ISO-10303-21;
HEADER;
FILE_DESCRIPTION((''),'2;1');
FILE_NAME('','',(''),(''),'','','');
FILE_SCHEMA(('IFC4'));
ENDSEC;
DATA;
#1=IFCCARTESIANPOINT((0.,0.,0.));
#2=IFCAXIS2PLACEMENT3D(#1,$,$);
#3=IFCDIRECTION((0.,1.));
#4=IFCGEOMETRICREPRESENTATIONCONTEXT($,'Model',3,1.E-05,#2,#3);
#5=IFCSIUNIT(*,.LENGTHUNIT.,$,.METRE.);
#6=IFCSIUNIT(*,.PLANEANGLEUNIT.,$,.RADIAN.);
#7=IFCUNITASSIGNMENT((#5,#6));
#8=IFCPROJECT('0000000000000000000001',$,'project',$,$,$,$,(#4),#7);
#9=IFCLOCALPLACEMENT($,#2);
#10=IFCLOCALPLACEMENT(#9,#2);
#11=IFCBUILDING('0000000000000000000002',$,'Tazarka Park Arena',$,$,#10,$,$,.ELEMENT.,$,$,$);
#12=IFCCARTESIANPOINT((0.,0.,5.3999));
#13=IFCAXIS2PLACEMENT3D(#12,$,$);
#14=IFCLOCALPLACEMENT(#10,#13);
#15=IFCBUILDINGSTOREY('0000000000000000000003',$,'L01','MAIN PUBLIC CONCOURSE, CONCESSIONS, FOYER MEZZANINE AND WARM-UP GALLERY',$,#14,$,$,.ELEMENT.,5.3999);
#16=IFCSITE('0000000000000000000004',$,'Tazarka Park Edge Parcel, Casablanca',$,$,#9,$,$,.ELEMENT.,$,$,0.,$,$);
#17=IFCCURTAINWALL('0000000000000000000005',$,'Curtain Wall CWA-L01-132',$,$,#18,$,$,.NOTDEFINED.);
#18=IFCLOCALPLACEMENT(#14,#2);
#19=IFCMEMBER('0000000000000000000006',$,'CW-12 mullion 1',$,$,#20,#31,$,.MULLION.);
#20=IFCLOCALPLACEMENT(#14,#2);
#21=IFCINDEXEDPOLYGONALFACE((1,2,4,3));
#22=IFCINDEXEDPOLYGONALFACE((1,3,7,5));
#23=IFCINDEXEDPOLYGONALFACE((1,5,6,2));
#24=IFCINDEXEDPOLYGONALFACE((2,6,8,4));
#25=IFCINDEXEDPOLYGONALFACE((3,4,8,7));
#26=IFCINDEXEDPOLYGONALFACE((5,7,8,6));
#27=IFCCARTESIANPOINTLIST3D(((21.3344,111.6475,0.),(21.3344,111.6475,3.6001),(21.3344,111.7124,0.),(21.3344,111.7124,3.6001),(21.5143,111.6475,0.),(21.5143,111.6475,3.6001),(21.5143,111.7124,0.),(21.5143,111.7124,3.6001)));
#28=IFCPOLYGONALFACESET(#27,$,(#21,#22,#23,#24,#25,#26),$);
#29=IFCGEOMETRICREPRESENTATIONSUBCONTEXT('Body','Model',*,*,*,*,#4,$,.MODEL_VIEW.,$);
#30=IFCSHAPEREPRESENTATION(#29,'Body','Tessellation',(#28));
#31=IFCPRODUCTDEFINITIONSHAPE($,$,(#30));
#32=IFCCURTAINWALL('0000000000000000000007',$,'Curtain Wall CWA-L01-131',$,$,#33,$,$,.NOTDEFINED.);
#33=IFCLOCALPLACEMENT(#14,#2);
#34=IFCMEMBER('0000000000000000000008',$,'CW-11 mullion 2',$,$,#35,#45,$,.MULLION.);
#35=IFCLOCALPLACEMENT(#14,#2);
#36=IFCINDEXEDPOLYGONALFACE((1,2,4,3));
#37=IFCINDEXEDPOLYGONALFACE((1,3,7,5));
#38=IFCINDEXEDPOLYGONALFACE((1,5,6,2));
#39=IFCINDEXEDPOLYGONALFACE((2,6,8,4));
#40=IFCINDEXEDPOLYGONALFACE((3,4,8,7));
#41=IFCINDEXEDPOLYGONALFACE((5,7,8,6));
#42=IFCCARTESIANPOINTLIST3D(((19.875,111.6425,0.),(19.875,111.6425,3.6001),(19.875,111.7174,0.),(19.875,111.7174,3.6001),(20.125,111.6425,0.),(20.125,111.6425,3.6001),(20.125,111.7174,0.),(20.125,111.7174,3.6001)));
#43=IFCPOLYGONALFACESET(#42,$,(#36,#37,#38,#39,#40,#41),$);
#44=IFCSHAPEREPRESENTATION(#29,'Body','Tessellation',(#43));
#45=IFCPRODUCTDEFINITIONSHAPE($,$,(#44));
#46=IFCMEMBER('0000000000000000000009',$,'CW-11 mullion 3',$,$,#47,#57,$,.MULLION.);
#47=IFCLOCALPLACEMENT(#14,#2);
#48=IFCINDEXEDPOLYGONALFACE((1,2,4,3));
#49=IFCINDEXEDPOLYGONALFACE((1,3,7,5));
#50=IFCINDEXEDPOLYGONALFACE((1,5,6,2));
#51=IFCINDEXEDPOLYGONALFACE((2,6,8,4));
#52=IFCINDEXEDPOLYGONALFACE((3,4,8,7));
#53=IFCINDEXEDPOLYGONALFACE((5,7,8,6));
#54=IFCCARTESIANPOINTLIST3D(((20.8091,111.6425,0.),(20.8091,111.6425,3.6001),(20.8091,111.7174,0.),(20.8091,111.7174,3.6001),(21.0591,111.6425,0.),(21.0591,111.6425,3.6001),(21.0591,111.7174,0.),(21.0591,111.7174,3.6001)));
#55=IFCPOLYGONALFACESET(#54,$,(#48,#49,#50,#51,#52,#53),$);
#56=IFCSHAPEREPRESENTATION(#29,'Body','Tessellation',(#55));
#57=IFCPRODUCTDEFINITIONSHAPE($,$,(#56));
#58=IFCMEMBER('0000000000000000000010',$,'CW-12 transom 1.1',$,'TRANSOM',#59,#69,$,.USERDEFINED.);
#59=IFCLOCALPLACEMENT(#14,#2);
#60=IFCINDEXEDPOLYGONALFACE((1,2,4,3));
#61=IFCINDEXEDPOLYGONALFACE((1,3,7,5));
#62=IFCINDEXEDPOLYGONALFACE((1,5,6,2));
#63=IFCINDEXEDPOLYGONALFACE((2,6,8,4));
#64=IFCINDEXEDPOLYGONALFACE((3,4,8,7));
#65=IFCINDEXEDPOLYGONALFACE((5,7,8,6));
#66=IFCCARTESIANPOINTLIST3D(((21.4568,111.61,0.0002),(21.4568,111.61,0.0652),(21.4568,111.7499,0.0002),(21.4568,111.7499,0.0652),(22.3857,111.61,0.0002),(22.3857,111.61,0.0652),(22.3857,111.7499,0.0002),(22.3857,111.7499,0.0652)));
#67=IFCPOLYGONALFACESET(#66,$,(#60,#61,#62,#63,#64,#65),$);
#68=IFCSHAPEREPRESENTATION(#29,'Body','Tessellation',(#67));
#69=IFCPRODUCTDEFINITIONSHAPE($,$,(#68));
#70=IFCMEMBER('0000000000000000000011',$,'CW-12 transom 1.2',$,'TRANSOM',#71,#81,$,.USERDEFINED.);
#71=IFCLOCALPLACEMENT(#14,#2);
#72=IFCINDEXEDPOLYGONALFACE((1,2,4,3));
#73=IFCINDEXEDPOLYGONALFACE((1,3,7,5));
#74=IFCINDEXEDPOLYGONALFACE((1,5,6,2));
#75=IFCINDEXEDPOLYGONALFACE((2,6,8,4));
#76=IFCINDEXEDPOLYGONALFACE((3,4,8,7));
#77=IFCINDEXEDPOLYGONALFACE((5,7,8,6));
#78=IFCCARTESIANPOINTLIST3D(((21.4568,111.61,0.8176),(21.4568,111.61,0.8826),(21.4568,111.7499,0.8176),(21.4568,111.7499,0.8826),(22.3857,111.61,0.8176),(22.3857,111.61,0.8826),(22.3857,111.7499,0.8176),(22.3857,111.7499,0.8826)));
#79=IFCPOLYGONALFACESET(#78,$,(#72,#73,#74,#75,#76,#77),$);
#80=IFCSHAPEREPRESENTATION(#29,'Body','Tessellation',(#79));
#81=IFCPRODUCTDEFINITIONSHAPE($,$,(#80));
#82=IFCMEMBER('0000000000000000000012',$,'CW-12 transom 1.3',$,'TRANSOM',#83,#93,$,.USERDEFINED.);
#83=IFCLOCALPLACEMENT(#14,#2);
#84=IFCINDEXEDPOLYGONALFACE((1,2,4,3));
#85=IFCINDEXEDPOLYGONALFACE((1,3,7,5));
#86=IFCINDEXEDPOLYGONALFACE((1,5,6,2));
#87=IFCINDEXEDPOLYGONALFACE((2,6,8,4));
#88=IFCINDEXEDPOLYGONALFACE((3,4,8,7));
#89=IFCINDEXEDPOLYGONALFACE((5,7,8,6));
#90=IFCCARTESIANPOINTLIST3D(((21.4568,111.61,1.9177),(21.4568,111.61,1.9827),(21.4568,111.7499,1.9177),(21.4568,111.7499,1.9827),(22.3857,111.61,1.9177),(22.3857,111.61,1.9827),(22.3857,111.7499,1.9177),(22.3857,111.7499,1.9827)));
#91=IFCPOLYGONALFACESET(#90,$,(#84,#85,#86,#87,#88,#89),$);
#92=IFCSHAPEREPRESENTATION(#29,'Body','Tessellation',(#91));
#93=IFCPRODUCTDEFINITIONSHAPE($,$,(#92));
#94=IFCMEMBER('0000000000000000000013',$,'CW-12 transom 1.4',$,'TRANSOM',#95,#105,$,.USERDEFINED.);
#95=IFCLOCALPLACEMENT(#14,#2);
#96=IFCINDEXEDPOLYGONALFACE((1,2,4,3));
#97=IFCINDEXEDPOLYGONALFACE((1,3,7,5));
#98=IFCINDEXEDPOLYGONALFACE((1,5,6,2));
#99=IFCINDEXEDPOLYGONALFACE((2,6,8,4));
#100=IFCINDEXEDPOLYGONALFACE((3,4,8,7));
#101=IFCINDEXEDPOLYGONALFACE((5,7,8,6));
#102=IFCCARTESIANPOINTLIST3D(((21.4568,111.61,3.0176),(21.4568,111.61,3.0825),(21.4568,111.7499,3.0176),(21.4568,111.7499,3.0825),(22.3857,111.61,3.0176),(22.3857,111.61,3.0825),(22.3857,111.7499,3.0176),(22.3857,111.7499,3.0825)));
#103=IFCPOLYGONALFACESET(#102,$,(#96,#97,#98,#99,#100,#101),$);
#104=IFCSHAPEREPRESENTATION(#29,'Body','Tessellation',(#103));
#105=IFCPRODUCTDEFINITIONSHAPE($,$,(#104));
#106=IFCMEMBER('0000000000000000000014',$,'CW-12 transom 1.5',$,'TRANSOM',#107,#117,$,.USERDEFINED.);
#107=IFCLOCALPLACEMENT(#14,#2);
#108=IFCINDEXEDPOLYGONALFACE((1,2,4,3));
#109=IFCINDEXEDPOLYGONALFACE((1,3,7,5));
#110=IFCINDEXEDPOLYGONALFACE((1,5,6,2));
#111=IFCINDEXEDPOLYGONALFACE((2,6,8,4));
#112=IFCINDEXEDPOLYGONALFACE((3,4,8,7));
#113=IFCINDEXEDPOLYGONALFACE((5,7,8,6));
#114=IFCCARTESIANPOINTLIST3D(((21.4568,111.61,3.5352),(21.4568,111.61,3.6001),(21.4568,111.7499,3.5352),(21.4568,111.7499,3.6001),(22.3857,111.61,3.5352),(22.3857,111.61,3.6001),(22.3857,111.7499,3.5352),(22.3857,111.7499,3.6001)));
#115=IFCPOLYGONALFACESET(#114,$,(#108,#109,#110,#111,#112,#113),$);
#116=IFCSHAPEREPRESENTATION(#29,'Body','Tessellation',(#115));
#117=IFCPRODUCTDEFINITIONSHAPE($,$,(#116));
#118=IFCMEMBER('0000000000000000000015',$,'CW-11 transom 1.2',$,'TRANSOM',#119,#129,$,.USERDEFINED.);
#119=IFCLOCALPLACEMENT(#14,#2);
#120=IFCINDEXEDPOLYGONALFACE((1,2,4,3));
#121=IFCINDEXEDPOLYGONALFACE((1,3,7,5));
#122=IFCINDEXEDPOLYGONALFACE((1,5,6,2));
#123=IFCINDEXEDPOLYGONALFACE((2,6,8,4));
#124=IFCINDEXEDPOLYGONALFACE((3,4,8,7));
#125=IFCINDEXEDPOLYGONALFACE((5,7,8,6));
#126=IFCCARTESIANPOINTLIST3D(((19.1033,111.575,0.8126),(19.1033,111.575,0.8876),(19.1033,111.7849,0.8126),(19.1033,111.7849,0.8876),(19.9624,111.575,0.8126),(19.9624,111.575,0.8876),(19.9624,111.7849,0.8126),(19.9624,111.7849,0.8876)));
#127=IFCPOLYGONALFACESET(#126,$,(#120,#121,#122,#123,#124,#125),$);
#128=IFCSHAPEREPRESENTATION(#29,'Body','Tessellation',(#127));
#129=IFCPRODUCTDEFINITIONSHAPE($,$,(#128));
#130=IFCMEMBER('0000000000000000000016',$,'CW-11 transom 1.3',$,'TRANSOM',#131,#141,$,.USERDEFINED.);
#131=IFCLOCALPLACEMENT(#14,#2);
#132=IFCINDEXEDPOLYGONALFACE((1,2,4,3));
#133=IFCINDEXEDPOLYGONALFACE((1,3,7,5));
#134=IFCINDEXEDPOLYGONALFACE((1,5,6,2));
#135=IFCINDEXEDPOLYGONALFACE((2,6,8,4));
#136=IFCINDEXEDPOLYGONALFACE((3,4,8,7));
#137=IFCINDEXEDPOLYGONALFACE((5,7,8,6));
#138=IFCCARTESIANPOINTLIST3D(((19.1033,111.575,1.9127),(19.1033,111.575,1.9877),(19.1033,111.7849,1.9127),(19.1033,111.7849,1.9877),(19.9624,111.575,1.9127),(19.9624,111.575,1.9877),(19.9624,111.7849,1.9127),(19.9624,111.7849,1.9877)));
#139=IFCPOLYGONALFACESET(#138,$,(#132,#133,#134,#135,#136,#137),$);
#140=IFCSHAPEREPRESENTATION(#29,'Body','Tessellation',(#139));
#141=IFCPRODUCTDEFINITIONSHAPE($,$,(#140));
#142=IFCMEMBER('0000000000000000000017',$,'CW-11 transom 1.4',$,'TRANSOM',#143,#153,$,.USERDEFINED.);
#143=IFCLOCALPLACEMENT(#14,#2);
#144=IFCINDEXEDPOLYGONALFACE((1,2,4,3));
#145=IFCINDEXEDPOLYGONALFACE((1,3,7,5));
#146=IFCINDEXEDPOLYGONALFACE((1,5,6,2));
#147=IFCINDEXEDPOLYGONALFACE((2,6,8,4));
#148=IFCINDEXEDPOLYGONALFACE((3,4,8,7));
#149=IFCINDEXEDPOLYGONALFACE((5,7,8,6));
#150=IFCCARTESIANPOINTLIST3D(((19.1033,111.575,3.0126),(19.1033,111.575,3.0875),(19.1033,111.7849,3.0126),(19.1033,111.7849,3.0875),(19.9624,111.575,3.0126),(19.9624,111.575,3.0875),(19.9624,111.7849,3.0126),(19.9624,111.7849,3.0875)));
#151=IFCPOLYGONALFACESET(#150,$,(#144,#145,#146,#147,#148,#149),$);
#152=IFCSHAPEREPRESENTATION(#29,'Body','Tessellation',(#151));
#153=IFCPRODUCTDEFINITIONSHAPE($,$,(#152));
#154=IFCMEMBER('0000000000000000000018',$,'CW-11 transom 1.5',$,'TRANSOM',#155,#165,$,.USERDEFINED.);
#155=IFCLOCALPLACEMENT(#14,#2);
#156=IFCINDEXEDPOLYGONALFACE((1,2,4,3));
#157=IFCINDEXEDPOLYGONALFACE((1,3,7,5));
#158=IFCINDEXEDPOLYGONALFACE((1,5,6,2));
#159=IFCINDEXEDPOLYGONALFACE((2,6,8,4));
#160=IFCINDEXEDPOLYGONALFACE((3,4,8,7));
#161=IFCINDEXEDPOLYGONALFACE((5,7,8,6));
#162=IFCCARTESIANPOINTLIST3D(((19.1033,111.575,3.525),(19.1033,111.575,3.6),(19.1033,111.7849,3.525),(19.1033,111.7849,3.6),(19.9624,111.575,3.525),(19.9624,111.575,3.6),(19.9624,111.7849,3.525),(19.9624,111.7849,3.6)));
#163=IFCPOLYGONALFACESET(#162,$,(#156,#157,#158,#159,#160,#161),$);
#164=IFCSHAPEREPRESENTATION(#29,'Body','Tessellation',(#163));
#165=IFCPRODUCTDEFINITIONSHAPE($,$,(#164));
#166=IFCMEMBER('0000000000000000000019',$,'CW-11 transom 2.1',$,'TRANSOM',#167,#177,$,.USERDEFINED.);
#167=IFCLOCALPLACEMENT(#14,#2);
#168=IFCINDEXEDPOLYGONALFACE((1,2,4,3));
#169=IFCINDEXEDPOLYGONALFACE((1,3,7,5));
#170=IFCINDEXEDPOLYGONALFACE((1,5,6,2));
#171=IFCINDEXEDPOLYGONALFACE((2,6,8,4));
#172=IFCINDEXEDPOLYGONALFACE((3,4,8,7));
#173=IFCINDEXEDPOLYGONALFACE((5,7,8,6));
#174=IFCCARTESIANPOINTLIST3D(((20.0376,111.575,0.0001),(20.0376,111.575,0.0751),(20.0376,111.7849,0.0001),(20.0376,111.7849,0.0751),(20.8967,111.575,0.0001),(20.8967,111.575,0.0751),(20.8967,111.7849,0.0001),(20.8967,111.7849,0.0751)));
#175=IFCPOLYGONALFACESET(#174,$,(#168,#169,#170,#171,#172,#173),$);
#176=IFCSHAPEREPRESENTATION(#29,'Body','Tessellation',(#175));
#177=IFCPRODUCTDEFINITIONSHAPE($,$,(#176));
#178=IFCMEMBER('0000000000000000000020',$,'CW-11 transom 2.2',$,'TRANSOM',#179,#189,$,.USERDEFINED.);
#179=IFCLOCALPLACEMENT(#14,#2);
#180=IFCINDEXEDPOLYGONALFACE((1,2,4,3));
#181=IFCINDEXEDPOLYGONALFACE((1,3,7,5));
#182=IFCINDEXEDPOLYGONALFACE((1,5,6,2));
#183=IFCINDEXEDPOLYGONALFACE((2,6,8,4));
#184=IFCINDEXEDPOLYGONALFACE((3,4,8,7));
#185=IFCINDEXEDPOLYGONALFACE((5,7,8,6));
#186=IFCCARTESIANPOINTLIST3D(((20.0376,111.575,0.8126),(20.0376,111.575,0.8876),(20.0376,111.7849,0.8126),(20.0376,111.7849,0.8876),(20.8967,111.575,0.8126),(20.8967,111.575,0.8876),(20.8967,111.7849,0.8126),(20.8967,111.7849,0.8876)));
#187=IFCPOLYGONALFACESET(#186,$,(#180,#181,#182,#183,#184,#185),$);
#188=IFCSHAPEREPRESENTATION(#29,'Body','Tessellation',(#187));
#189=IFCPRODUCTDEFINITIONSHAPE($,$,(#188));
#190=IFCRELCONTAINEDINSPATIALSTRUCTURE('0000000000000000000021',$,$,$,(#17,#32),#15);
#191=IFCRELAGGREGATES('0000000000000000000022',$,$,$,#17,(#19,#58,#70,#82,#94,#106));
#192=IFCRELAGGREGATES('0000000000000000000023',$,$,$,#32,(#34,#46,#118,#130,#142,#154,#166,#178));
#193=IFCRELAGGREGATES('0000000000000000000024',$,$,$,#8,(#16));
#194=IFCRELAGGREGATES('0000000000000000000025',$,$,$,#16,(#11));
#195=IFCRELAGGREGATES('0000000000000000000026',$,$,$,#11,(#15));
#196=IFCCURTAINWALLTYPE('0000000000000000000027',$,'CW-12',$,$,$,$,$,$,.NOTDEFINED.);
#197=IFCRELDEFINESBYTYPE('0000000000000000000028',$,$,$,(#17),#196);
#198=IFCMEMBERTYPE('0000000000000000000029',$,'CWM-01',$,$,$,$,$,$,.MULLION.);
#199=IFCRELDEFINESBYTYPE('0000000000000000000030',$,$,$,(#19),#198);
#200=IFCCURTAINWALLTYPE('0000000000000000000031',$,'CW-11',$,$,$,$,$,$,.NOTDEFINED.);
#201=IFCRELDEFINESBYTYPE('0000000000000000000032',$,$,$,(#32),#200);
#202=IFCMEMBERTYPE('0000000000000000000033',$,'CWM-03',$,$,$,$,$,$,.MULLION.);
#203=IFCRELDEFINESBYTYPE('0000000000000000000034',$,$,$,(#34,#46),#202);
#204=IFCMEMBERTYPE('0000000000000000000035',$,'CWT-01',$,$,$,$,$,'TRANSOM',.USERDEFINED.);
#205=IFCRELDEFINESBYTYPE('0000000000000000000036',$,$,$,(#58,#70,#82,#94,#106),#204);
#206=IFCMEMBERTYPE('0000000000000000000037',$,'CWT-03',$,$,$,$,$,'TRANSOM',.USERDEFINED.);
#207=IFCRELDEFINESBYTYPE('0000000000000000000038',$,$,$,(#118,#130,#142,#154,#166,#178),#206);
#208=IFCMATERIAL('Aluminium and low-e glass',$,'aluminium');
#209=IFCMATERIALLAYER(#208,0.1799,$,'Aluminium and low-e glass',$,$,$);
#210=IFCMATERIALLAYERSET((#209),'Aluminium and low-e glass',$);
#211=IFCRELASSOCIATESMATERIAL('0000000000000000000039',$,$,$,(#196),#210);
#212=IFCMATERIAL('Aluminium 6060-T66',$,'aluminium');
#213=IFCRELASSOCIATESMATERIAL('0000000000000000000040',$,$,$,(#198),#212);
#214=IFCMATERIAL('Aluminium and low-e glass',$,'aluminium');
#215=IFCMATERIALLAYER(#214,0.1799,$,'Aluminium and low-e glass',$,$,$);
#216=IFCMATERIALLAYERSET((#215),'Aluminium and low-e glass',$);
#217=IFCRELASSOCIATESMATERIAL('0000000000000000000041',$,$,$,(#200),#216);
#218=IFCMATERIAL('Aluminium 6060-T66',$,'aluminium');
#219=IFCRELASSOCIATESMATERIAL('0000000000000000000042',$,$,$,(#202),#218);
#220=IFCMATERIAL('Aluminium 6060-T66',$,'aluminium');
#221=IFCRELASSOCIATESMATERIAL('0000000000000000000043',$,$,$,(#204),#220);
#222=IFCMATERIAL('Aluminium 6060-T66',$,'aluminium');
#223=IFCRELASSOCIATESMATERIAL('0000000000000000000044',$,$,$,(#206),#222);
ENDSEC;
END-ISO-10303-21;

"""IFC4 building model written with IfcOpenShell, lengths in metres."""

from ifc_helpers import new_model, si_unit, direction, frame, origin, origin_2d, place, context, subcontext, project, spatial, rectangle, extrude, material, layer, layer_set, material_profile, profile_set, type_object, element, aggregate, save


model = new_model("IFC4")

# Units and contexts
model_context = context("Model", 3, precision=1e-05, world=origin(), true_north=direction((0.0, 1.0)))
body_context = subcontext(model_context, "Body", "Model", "MODEL_VIEW")
ifc_project = project(units=[si_unit("LENGTHUNIT", "METRE"), si_unit("PLANEANGLEUNIT", "RADIAN")], contexts=[model_context])

# Site, building, storey
site_placement = place(None, origin())
site = spatial("IfcSite", under=ifc_project, at=site_placement, Name="Tazarka Park Edge Parcel, Casablanca", CompositionType="ELEMENT", RefElevation=0.0)
building_placement = place(site_placement, origin())
building = spatial("IfcBuilding", under=site, at=building_placement, Name="Tazarka Park Arena", CompositionType="ELEMENT")
storey_placement = place(building_placement, frame((0.0, 0.0, 5.3999)))
storey = spatial("IfcBuildingStorey", under=building, at=storey_placement, Name="L01", Description="MAIN PUBLIC CONCOURSE, CONCESSIONS, FOYER MEZZANINE AND WARM-UP GALLERY", CompositionType="ELEMENT", Elevation=5.3999)

# Curtain wall, member
ifc_material_1 = material(Name="Aluminium and low-e glass", Category="aluminium")
ifc_layer_1 = layer(ifc_material_1, 0.1799, Name="Aluminium and low-e glass")
ifc_layer_set_1 = layer_set([ifc_layer_1], Name="Aluminium and low-e glass")
curtain_wall_type_1 = type_object("IfcCurtainWallType", Name="CW-12", PredefinedType="NOTDEFINED", material=ifc_layer_set_1)
curtain_wall_1_placement = place(storey_placement, origin())
curtain_wall_1 = element("IfcCurtainWall", 1, at=curtain_wall_1_placement, inside=storey, type_object=curtain_wall_type_1, Name="Curtain Wall CWA-L01-132", PredefinedType="NOTDEFINED")
ifc_material_2 = material(Name="Aluminium 6060-T66", Category="aluminium")
ifc_material_profile_1 = material_profile(ifc_material_2, rectangle(XDim=0.0649, YDim=0.1799, at=origin_2d()), Name="Aluminium 6060-T66")
ifc_profile_set_1 = profile_set([ifc_material_profile_1], Name="Aluminium 6060-T66")
member_type_1 = type_object("IfcMemberType", Name="CWM-01", PredefinedType="MULLION", material=ifc_profile_set_1)
member_1_placement = place(storey_placement, frame((21.4243, 111.6799, 0.0), z_axis=(0.0, 0.0, 1.0), x_axis=(0.0, 1.0, 0.0)))
member_1 = element("IfcMember", 2, at=member_1_placement, type_object=member_type_1, Name="CW-12 mullion 1", PredefinedType="MULLION", context=body_context, shape_type="SweptSolid", body=[
    extrude(rectangle(XDim=0.0649, YDim=0.1799, at=origin_2d()), origin(), (0.0, 0.0, 1.0), 3.6001),
])

# Curtain wall, members
ifc_material_3 = material(Name="Aluminium and low-e glass", Category="aluminium")
ifc_layer_2 = layer(ifc_material_3, 0.1799, Name="Aluminium and low-e glass")
ifc_layer_set_2 = layer_set([ifc_layer_2], Name="Aluminium and low-e glass")
curtain_wall_type_2 = type_object("IfcCurtainWallType", Name="CW-11", PredefinedType="NOTDEFINED", material=ifc_layer_set_2)
curtain_wall_2_placement = place(storey_placement, origin())
curtain_wall_2 = element("IfcCurtainWall", 3, at=curtain_wall_2_placement, inside=storey, type_object=curtain_wall_type_2, Name="Curtain Wall CWA-L01-131", PredefinedType="NOTDEFINED")
ifc_material_4 = material(Name="Aluminium 6060-T66", Category="aluminium")
ifc_material_profile_2 = material_profile(ifc_material_4, rectangle(XDim=0.075, YDim=0.25, at=origin_2d()), Name="Aluminium 6060-T66")
ifc_profile_set_2 = profile_set([ifc_material_profile_2], Name="Aluminium 6060-T66")
member_type_2 = type_object("IfcMemberType", Name="CWM-03", PredefinedType="MULLION", material=ifc_profile_set_2)
member_2_placement = place(storey_placement, frame((20.0, 111.6799, 0.0), z_axis=(0.0, 0.0, 1.0), x_axis=(0.0, 1.0, 0.0)))
member_2 = element("IfcMember", 4, at=member_2_placement, type_object=member_type_2, Name="CW-11 mullion 2", PredefinedType="MULLION", context=body_context, shape_type="SweptSolid", body=[
    extrude(rectangle(XDim=0.075, YDim=0.25, at=origin_2d()), origin(), (0.0, 0.0, 1.0), 3.6001),
])
member_3_placement = place(storey_placement, frame((20.9341, 111.6799, 0.0), z_axis=(0.0, 0.0, 1.0), x_axis=(0.0, 1.0, 0.0)))
member_3 = element("IfcMember", 5, at=member_3_placement, type_object=member_type_2, Name="CW-11 mullion 3", PredefinedType="MULLION", context=body_context, shape_type="SweptSolid", body=[
    extrude(rectangle(XDim=0.075, YDim=0.25, at=origin_2d()), origin(), (0.0, 0.0, 1.0), 3.6001),
])

# Members
ifc_material_5 = material(Name="Aluminium 6060-T66", Category="aluminium")
ifc_material_profile_3 = material_profile(ifc_material_5, rectangle(XDim=0.1399, YDim=0.0649, at=origin_2d()), Name="Aluminium 6060-T66")
ifc_profile_set_3 = profile_set([ifc_material_profile_3], Name="Aluminium 6060-T66")
member_type_3 = type_object("IfcMemberType", Name="CWT-01", ElementType="TRANSOM", PredefinedType="USERDEFINED", material=ifc_profile_set_3)
member_4_placement = place(storey_placement, frame((21.4568, 111.6799, 0.0327), z_axis=(1.0, 0.0, 0.0), x_axis=(0.0, 1.0, 0.0)))
member_4 = element("IfcMember", 6, at=member_4_placement, type_object=member_type_3, Name="CW-12 transom 1.1", ObjectType="TRANSOM", PredefinedType="USERDEFINED", context=body_context, shape_type="SweptSolid", body=[
    extrude(rectangle(XDim=0.1399, YDim=0.0649, at=origin_2d()), origin(), (0.0, 0.0, 1.0), 0.929),
])
member_5_placement = place(storey_placement, frame((21.4568, 111.6799, 0.8501), z_axis=(1.0, 0.0, 0.0), x_axis=(0.0, 1.0, 0.0)))
member_5 = element("IfcMember", 7, at=member_5_placement, type_object=member_type_3, Name="CW-12 transom 1.2", ObjectType="TRANSOM", PredefinedType="USERDEFINED", context=body_context, shape_type="SweptSolid", body=[
    extrude(rectangle(XDim=0.1399, YDim=0.0649, at=origin_2d()), origin(), (0.0, 0.0, 1.0), 0.929),
])
member_6_placement = place(storey_placement, frame((21.4568, 111.6799, 1.9502), z_axis=(1.0, 0.0, 0.0), x_axis=(0.0, 1.0, 0.0)))
member_6 = element("IfcMember", 8, at=member_6_placement, type_object=member_type_3, Name="CW-12 transom 1.3", ObjectType="TRANSOM", PredefinedType="USERDEFINED", context=body_context, shape_type="SweptSolid", body=[
    extrude(rectangle(XDim=0.1399, YDim=0.0649, at=origin_2d()), origin(), (0.0, 0.0, 1.0), 0.929),
])
member_7_placement = place(storey_placement, frame((21.4568, 111.6799, 3.05), z_axis=(1.0, 0.0, 0.0), x_axis=(0.0, 1.0, 0.0)))
member_7 = element("IfcMember", 9, at=member_7_placement, type_object=member_type_3, Name="CW-12 transom 1.4", ObjectType="TRANSOM", PredefinedType="USERDEFINED", context=body_context, shape_type="SweptSolid", body=[
    extrude(rectangle(XDim=0.1399, YDim=0.0649, at=origin_2d()), origin(), (0.0, 0.0, 1.0), 0.929),
])
member_8_placement = place(storey_placement, frame((21.4568, 111.6799, 3.5676), z_axis=(1.0, 0.0, 0.0), x_axis=(0.0, 1.0, 0.0)))
member_8 = element("IfcMember", 10, at=member_8_placement, type_object=member_type_3, Name="CW-12 transom 1.5", ObjectType="TRANSOM", PredefinedType="USERDEFINED", context=body_context, shape_type="SweptSolid", body=[
    extrude(rectangle(XDim=0.1399, YDim=0.0649, at=origin_2d()), origin(), (0.0, 0.0, 1.0), 0.929),
])
ifc_material_6 = material(Name="Aluminium 6060-T66", Category="aluminium")
ifc_material_profile_4 = material_profile(ifc_material_6, rectangle(XDim=0.21, YDim=0.075, at=origin_2d()), Name="Aluminium 6060-T66")
ifc_profile_set_4 = profile_set([ifc_material_profile_4], Name="Aluminium 6060-T66")
member_type_4 = type_object("IfcMemberType", Name="CWT-03", ElementType="TRANSOM", PredefinedType="USERDEFINED", material=ifc_profile_set_4)
member_9_placement = place(storey_placement, frame((19.1033, 111.6799, 0.8501), z_axis=(1.0, 0.0, 0.0), x_axis=(0.0, 1.0, 0.0)))
member_9 = element("IfcMember", 11, at=member_9_placement, type_object=member_type_4, Name="CW-11 transom 1.2", ObjectType="TRANSOM", PredefinedType="USERDEFINED", context=body_context, shape_type="SweptSolid", body=[
    extrude(rectangle(XDim=0.21, YDim=0.075, at=origin_2d()), origin(), (0.0, 0.0, 1.0), 0.8591),
])
member_10_placement = place(storey_placement, frame((19.1033, 111.6799, 1.9502), z_axis=(1.0, 0.0, 0.0), x_axis=(0.0, 1.0, 0.0)))
member_10 = element("IfcMember", 12, at=member_10_placement, type_object=member_type_4, Name="CW-11 transom 1.3", ObjectType="TRANSOM", PredefinedType="USERDEFINED", context=body_context, shape_type="SweptSolid", body=[
    extrude(rectangle(XDim=0.21, YDim=0.075, at=origin_2d()), origin(), (0.0, 0.0, 1.0), 0.8591),
])
member_11_placement = place(storey_placement, frame((19.1033, 111.6799, 3.05), z_axis=(1.0, 0.0, 0.0), x_axis=(0.0, 1.0, 0.0)))
member_11 = element("IfcMember", 13, at=member_11_placement, type_object=member_type_4, Name="CW-11 transom 1.4", ObjectType="TRANSOM", PredefinedType="USERDEFINED", context=body_context, shape_type="SweptSolid", body=[
    extrude(rectangle(XDim=0.21, YDim=0.075, at=origin_2d()), origin(), (0.0, 0.0, 1.0), 0.8591),
])
member_12_placement = place(storey_placement, frame((19.1033, 111.6799, 3.5625), z_axis=(1.0, 0.0, 0.0), x_axis=(0.0, 1.0, 0.0)))
member_12 = element("IfcMember", 14, at=member_12_placement, type_object=member_type_4, Name="CW-11 transom 1.5", ObjectType="TRANSOM", PredefinedType="USERDEFINED", context=body_context, shape_type="SweptSolid", body=[
    extrude(rectangle(XDim=0.21, YDim=0.075, at=origin_2d()), origin(), (0.0, 0.0, 1.0), 0.8591),
])
member_13_placement = place(storey_placement, frame((20.0376, 111.6799, 0.0376), z_axis=(1.0, 0.0, 0.0), x_axis=(0.0, 1.0, 0.0)))
member_13 = element("IfcMember", 15, at=member_13_placement, type_object=member_type_4, Name="CW-11 transom 2.1", ObjectType="TRANSOM", PredefinedType="USERDEFINED", context=body_context, shape_type="SweptSolid", body=[
    extrude(rectangle(XDim=0.21, YDim=0.075, at=origin_2d()), origin(), (0.0, 0.0, 1.0), 0.8591),
])
member_14_placement = place(storey_placement, frame((20.0376, 111.6799, 0.8501), z_axis=(1.0, 0.0, 0.0), x_axis=(0.0, 1.0, 0.0)))
member_14 = element("IfcMember", 16, at=member_14_placement, type_object=member_type_4, Name="CW-11 transom 2.2", ObjectType="TRANSOM", PredefinedType="USERDEFINED", context=body_context, shape_type="SweptSolid", body=[
    extrude(rectangle(XDim=0.21, YDim=0.075, at=origin_2d()), origin(), (0.0, 0.0, 1.0), 0.8591),
])

aggregate(curtain_wall_1, [member_1, member_4, member_5, member_6, member_7, member_8])
aggregate(curtain_wall_2, [member_2, member_3, member_9, member_10, member_11, member_12, member_13, member_14])

save(model, "model.ifc")
